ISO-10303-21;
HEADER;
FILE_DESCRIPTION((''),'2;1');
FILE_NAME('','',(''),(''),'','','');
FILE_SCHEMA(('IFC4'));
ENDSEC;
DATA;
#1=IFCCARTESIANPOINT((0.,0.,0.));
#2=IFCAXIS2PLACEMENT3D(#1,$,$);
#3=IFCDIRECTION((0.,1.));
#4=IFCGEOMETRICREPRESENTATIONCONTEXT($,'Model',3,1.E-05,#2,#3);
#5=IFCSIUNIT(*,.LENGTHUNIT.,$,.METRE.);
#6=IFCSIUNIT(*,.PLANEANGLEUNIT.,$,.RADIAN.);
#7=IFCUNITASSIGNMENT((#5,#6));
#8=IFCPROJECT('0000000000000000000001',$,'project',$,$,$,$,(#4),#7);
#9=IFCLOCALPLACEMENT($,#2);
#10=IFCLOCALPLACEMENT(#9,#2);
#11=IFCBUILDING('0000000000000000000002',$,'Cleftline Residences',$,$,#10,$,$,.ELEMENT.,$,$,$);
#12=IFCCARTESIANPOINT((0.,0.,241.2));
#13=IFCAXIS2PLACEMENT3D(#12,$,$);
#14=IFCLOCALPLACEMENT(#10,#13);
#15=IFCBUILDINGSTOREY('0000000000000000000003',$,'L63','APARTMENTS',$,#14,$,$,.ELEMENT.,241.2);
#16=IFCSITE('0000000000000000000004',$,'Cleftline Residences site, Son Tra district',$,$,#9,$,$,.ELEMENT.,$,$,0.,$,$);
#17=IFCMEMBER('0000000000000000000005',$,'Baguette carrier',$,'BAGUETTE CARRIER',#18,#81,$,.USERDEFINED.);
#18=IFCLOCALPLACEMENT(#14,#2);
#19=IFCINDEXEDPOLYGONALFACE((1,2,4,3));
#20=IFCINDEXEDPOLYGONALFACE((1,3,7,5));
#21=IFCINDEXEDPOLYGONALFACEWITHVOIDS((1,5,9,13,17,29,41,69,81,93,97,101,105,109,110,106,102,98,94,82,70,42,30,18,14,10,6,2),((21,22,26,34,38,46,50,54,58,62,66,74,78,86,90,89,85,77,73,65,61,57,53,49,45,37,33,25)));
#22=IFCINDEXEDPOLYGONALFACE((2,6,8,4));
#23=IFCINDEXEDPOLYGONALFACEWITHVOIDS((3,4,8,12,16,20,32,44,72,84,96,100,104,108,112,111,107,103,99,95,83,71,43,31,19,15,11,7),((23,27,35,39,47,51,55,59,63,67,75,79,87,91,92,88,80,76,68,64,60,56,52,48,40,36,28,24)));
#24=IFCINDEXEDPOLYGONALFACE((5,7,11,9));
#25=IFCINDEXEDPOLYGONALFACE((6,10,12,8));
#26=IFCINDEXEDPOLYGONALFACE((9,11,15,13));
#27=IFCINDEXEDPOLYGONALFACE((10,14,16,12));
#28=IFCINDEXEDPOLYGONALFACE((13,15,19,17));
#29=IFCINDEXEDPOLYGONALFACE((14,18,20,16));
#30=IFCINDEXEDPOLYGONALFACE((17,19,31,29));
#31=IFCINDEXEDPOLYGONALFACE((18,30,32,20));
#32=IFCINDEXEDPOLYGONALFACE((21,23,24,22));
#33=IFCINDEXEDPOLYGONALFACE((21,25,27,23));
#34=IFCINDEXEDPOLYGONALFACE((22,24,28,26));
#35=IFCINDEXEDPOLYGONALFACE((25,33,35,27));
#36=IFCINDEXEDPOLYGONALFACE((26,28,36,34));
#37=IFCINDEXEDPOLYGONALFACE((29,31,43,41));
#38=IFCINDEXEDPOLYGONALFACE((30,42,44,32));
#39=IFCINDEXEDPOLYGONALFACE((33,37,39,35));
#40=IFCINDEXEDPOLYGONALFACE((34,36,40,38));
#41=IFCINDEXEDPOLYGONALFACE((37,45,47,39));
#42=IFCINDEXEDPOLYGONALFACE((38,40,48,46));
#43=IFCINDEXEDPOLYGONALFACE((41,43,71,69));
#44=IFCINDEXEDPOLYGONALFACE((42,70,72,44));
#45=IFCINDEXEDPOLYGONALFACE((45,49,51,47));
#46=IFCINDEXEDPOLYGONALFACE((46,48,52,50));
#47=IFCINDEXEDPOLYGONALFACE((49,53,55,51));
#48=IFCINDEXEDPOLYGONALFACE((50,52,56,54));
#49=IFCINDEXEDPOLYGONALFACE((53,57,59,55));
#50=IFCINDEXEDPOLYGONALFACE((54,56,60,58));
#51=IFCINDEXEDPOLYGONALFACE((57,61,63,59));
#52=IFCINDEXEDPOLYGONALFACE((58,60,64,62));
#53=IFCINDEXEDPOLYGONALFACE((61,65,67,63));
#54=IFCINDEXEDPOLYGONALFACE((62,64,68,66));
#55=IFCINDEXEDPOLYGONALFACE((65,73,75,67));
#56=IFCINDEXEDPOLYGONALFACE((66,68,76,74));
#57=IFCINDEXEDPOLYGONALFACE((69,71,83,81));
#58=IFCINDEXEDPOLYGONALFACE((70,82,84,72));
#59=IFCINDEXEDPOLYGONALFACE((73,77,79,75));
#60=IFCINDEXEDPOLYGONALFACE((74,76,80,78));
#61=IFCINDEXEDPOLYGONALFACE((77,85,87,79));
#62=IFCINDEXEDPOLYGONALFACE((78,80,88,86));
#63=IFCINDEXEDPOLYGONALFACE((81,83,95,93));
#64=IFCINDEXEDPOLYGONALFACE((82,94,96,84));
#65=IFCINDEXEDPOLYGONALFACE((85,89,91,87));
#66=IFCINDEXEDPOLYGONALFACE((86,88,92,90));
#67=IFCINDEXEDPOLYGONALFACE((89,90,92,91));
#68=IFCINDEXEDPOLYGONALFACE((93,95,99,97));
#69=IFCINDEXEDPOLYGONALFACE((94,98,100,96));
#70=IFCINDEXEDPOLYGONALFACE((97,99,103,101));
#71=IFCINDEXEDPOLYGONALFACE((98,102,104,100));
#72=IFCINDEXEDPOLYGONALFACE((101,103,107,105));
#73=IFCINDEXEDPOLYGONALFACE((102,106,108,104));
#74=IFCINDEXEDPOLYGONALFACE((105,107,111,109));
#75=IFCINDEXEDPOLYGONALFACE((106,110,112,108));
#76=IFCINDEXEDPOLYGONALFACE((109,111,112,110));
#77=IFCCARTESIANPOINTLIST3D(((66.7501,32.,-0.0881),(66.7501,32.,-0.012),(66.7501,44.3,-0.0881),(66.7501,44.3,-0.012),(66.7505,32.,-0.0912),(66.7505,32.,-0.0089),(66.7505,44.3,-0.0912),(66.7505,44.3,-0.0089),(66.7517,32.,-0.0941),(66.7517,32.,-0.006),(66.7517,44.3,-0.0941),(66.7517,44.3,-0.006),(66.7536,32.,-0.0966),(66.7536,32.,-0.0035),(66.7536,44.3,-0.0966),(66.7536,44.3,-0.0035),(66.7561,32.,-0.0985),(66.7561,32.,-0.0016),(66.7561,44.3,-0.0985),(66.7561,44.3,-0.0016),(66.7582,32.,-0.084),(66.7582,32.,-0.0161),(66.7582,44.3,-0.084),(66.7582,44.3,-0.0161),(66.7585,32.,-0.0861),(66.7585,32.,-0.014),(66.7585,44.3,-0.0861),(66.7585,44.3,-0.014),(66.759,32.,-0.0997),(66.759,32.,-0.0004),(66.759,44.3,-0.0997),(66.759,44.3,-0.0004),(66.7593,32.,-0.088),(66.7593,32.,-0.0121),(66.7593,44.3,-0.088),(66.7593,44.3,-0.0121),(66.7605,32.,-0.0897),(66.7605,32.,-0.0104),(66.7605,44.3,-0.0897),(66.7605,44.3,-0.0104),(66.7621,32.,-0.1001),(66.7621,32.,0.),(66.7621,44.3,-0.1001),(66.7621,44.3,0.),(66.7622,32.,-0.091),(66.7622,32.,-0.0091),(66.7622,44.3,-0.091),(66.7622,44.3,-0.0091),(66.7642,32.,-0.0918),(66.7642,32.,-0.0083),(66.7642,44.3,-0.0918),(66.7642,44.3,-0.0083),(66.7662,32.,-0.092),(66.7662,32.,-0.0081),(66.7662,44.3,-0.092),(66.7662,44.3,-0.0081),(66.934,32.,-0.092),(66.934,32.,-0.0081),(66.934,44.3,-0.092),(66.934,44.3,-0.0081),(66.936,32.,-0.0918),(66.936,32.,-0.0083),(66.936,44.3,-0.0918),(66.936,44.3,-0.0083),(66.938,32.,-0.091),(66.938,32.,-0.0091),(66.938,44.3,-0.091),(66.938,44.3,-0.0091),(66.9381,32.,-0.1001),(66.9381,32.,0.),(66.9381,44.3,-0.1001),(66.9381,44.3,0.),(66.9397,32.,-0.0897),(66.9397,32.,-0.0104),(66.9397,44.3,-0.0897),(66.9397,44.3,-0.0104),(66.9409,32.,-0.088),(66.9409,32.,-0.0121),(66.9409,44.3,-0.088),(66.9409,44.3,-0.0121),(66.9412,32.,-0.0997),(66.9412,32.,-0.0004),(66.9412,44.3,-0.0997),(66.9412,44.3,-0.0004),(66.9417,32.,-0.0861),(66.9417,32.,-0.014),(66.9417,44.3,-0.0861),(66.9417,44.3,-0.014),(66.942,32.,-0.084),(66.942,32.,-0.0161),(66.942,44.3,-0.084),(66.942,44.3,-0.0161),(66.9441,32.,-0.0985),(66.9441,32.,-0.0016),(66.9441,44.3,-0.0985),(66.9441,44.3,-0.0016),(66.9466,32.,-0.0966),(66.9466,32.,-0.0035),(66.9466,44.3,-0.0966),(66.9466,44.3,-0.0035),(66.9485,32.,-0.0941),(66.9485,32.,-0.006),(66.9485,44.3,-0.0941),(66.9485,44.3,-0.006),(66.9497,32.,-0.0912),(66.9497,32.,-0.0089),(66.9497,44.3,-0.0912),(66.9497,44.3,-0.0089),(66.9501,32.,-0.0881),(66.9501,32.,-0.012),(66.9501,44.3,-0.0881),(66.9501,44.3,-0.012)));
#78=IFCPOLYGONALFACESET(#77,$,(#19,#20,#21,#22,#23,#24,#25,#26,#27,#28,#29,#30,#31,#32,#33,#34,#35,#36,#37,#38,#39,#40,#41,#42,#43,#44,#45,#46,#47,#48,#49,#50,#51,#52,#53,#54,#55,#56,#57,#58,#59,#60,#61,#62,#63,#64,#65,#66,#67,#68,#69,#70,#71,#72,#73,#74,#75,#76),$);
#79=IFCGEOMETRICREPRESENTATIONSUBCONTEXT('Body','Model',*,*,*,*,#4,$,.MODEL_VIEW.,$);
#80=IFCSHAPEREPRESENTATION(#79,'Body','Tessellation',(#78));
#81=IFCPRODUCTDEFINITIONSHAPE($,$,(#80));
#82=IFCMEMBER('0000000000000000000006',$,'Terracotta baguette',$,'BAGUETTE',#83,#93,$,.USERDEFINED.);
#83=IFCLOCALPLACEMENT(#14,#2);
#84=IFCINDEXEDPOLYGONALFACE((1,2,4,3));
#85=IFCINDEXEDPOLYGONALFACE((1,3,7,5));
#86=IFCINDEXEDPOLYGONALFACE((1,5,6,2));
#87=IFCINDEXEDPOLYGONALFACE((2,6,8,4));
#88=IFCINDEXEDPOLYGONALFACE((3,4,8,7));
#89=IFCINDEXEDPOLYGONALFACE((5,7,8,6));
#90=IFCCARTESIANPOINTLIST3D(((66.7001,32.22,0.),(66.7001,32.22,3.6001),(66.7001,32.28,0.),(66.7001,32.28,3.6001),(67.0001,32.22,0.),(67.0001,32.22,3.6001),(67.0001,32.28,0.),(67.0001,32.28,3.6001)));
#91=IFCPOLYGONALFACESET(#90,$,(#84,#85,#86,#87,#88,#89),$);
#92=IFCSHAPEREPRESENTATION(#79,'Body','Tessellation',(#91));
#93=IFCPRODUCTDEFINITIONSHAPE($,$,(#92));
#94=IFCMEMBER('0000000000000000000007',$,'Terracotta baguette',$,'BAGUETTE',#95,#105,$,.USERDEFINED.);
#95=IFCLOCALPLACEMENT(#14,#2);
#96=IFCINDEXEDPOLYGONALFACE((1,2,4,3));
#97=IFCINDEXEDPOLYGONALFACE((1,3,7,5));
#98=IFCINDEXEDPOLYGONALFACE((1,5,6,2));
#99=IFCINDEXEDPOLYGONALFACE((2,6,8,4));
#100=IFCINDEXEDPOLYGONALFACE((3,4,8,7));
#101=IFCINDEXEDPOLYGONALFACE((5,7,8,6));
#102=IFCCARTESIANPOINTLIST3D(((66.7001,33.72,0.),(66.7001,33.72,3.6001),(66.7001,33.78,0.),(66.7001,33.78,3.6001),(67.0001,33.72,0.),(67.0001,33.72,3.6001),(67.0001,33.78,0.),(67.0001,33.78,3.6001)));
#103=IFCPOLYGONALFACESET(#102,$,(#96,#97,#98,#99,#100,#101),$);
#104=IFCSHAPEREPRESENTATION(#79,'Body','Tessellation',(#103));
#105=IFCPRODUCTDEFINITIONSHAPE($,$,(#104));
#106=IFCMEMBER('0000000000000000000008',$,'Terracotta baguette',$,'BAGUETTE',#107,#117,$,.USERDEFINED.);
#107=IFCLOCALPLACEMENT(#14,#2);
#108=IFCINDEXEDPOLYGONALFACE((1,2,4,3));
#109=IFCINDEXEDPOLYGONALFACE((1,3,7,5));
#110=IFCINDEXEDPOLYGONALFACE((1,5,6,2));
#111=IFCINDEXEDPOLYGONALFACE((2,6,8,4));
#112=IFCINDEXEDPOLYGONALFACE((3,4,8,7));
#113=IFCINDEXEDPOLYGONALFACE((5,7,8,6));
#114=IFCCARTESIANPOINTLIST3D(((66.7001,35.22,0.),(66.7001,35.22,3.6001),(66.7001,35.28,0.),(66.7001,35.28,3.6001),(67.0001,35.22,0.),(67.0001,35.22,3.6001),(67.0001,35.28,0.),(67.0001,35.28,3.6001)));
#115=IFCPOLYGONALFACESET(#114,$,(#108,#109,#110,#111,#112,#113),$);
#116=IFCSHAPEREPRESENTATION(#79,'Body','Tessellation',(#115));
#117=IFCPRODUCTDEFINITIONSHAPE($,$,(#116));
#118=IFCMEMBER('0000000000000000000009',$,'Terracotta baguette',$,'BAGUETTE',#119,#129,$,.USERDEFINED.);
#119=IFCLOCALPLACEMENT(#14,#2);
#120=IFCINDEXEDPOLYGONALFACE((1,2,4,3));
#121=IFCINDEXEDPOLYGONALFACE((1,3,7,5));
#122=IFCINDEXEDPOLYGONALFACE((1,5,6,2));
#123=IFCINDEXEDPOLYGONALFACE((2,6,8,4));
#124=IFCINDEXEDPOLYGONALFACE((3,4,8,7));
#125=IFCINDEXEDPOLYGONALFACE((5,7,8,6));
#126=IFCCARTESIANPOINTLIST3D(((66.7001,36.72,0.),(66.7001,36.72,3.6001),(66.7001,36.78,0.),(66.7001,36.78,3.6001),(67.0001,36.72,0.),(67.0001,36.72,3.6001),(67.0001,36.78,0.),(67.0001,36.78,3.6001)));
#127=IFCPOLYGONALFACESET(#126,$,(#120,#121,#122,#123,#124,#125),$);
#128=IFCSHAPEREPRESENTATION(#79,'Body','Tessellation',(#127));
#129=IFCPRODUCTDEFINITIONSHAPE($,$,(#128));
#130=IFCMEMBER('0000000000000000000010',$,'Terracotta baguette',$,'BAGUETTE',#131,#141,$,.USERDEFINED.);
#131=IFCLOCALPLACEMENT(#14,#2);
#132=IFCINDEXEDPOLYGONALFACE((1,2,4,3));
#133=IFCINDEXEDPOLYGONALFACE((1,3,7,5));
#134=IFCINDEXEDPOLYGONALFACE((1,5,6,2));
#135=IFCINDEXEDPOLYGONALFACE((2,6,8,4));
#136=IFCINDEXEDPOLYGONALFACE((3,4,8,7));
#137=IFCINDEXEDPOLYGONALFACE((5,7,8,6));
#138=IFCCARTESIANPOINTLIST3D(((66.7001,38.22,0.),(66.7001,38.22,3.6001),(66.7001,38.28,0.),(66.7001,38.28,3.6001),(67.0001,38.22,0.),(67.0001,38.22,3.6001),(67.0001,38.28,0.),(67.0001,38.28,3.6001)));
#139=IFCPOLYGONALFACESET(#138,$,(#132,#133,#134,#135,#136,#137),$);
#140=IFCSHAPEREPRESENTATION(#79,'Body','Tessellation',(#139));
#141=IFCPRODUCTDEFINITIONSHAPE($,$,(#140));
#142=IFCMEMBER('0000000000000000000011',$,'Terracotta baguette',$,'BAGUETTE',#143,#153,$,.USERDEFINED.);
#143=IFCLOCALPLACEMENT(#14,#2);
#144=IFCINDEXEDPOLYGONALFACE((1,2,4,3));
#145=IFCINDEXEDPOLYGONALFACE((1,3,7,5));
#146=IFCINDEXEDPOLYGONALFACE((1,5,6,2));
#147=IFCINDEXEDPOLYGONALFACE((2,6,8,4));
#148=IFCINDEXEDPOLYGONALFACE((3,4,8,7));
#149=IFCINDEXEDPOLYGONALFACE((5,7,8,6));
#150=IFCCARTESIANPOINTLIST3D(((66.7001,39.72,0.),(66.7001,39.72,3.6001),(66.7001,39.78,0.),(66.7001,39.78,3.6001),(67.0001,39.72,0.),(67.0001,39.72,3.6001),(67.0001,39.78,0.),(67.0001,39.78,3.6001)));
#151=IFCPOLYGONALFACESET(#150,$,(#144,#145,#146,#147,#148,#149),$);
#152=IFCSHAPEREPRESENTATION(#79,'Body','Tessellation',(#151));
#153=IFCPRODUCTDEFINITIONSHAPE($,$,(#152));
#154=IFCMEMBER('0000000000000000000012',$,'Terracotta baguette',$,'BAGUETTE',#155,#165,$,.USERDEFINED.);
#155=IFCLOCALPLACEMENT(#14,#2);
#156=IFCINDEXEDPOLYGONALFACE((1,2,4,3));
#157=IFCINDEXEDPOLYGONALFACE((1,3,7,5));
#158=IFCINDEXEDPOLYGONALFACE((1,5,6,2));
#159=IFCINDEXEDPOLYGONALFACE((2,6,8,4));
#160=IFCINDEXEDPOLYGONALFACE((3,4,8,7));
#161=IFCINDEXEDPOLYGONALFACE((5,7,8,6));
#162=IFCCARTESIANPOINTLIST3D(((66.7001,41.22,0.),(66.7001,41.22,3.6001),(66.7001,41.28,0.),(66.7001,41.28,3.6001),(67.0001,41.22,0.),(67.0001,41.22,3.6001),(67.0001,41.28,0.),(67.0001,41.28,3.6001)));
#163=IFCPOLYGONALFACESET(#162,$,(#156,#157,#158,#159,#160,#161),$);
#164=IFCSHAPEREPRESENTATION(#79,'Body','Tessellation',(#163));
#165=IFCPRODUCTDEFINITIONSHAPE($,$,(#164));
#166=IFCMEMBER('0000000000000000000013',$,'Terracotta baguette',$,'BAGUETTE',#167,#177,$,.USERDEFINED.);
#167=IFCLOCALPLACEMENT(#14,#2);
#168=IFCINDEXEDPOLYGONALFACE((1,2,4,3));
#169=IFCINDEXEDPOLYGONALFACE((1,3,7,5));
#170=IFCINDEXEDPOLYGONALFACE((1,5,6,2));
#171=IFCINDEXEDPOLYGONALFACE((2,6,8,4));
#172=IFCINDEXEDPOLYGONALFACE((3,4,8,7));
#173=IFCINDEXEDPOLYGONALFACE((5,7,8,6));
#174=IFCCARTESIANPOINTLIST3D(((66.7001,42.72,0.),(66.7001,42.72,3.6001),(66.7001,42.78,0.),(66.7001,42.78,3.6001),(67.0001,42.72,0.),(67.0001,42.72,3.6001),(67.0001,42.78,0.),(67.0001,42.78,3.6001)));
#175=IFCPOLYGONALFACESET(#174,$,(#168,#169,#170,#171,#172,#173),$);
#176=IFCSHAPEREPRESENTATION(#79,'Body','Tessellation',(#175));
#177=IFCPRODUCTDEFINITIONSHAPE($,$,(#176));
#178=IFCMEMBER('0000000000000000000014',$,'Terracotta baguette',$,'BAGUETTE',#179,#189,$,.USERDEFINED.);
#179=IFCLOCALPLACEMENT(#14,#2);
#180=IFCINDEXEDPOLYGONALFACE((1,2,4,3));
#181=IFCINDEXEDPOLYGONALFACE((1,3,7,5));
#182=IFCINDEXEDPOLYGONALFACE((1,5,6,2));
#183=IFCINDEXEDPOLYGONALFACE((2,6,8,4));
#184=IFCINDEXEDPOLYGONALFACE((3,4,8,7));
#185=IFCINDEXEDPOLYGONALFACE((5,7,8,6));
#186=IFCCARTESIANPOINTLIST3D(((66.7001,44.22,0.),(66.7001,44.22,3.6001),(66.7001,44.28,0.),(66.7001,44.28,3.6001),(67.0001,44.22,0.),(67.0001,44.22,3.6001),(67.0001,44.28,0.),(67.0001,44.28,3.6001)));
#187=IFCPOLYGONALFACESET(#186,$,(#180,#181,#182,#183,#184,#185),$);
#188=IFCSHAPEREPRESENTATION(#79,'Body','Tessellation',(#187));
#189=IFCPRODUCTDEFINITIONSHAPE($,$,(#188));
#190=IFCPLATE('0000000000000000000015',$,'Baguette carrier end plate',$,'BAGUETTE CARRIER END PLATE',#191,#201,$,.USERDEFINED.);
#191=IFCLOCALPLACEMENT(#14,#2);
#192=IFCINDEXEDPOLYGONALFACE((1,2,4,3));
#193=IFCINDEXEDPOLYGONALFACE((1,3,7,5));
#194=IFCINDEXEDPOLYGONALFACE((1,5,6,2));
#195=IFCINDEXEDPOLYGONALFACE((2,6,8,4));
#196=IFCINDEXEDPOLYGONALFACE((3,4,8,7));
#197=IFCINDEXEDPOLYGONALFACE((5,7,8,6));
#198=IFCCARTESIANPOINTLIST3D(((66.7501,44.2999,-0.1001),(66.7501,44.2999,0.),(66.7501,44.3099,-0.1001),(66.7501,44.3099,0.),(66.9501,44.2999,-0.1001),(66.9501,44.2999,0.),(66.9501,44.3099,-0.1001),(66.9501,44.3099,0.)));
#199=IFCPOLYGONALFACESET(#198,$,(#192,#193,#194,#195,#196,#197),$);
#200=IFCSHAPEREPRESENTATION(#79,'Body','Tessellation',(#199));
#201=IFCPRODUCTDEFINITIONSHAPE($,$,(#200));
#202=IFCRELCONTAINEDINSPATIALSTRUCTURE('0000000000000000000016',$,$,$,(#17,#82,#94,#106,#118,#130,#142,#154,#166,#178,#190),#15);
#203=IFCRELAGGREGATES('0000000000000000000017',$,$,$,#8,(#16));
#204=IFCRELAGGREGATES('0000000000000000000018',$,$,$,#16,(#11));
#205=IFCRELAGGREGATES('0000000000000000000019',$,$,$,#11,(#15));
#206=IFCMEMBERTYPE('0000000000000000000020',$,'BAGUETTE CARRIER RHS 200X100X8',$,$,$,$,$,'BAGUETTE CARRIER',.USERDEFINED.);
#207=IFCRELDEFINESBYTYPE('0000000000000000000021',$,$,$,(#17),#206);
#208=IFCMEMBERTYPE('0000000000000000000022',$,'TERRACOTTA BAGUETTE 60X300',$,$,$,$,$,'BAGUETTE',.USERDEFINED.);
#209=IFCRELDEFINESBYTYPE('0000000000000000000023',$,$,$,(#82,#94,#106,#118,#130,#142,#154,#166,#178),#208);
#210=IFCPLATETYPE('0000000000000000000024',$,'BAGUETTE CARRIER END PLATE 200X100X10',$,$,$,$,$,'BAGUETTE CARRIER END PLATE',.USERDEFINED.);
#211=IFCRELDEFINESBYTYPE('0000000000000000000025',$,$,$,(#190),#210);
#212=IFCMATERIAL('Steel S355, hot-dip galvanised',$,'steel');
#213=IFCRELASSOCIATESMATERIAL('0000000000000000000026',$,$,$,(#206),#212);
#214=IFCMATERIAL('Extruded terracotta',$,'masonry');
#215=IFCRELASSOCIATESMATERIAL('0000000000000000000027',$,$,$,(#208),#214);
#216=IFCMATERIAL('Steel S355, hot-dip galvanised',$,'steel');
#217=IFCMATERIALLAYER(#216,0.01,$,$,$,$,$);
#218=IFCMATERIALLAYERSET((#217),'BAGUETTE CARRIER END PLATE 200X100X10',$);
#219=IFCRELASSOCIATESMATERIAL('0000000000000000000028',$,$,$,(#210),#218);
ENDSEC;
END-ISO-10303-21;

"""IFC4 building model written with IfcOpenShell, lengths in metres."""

from ifc_helpers import new_model, si_unit, direction, frame, origin, origin_2d, place, context, subcontext, project, spatial, rectangle, hollow_rectangle, extrude, material, layer, layer_set, material_profile, profile_set, type_object, element, save


model = new_model("IFC4")

# Units and contexts
model_context = context("Model", 3, precision=1e-05, world=origin(), true_north=direction((0.0, 1.0)))
body_context = subcontext(model_context, "Body", "Model", "MODEL_VIEW")
ifc_project = project(units=[si_unit("LENGTHUNIT", "METRE"), si_unit("PLANEANGLEUNIT", "RADIAN")], contexts=[model_context])

# Site, building, storey
site_placement = place(None, origin())
site = spatial("IfcSite", under=ifc_project, at=site_placement, Name="Cleftline Residences site, Son Tra district", CompositionType="ELEMENT", RefElevation=0.0)
building_placement = place(site_placement, origin())
building = spatial("IfcBuilding", under=site, at=building_placement, Name="Cleftline Residences", CompositionType="ELEMENT")
storey_placement = place(building_placement, frame((0.0, 0.0, 241.2)))
storey = spatial("IfcBuildingStorey", under=building, at=storey_placement, Name="L63", Description="APARTMENTS", CompositionType="ELEMENT", Elevation=241.2)

# Members
ifc_material_1 = material(Name="Steel S355, hot-dip galvanised", Category="steel")
ifc_material_profile_1 = material_profile(ifc_material_1, hollow_rectangle(XDim=0.1001, YDim=0.2, WallThickness=0.0081, InnerFilletRadius=0.0081, OuterFilletRadius=0.012, at=origin_2d()))
ifc_profile_set_1 = profile_set([ifc_material_profile_1], Name="Steel S355, hot-dip galvanised")
member_type_1 = type_object("IfcMemberType", Name="BAGUETTE CARRIER RHS 200X100X8", ElementType="BAGUETTE CARRIER", PredefinedType="USERDEFINED", material=ifc_profile_set_1)
member_placement = place(storey_placement, frame((66.8501, 32.0, -0.05), z_axis=(0.0, 1.0, 0.0), x_axis=(0.0, 0.0, 1.0)))
element("IfcMember", 1, at=member_placement, inside=storey, type_object=member_type_1, Name="Baguette carrier", ObjectType="BAGUETTE CARRIER", PredefinedType="USERDEFINED", context=body_context, shape_type="SweptSolid", body=[
    extrude(hollow_rectangle(XDim=0.1001, YDim=0.2, WallThickness=0.0081, InnerFilletRadius=0.0081, OuterFilletRadius=0.012, at=origin_2d()), origin(), (0.0, 0.0, 1.0), 12.3),
])
ifc_material_2 = material(Name="Extruded terracotta", Category="masonry")
ifc_material_profile_2 = material_profile(ifc_material_2, rectangle(XDim=0.0601, YDim=0.3, at=origin_2d()))
ifc_profile_set_2 = profile_set([ifc_material_profile_2], Name="Extruded terracotta")
member_type_2 = type_object("IfcMemberType", Name="TERRACOTTA BAGUETTE 60X300", ElementType="BAGUETTE", PredefinedType="USERDEFINED", material=ifc_profile_set_2)
for number, where, z_axis, x_axis, name in (
    (2, (66.8501, 32.25, 0.0), (0.0, 0.0, 1.0), (0.0, 1.0, 0.0), "Terracotta baguette"),
    (3, (66.8501, 33.75, 0.0), (0.0, 0.0, 1.0), (0.0, 1.0, 0.0), "Terracotta baguette"),
    (4, (66.8501, 35.25, 0.0), (0.0, 0.0, 1.0), (0.0, 1.0, 0.0), "Terracotta baguette"),
    (5, (66.8501, 36.75, 0.0), (0.0, 0.0, 1.0), (0.0, 1.0, 0.0), "Terracotta baguette"),
    (6, (66.8501, 38.25, 0.0), (0.0, 0.0, 1.0), (0.0, 1.0, 0.0), "Terracotta baguette"),
    (7, (66.8501, 39.75, 0.0), (0.0, 0.0, 1.0), (0.0, 1.0, 0.0), "Terracotta baguette"),
    (8, (66.8501, 41.25, 0.0), (0.0, 0.0, 1.0), (0.0, 1.0, 0.0), "Terracotta baguette"),
    (9, (66.8501, 42.75, 0.0), (0.0, 0.0, 1.0), (0.0, 1.0, 0.0), "Terracotta baguette"),
    (10, (66.8501, 44.25, 0.0), (0.0, 0.0, 1.0), (0.0, 1.0, 0.0), "Terracotta baguette"),
):
    element("IfcMember", number, at=place(storey_placement, frame(where, z_axis=z_axis, x_axis=x_axis)), inside=storey, type_object=member_type_2, Name=name, ObjectType="BAGUETTE", PredefinedType="USERDEFINED", context=body_context, shape_type="SweptSolid", body=[
        extrude(rectangle(XDim=0.0601, YDim=0.3, at=origin_2d()), origin(), (0.0, 0.0, 1.0), 3.6001),
    ])

# Plate
ifc_material_3 = material(Name="Steel S355, hot-dip galvanised", Category="steel")
ifc_layer_1 = layer(ifc_material_3, 0.01)
ifc_layer_set_1 = layer_set([ifc_layer_1], Name="BAGUETTE CARRIER END PLATE 200X100X10")
plate_type = type_object("IfcPlateType", Name="BAGUETTE CARRIER END PLATE 200X100X10", ElementType="BAGUETTE CARRIER END PLATE", PredefinedType="USERDEFINED", material=ifc_layer_set_1)
plate_placement = place(storey_placement, frame((66.8501, 44.3049, -0.1001), z_axis=(0.0, 0.0, 1.0), x_axis=(1.0, 0.0, 0.0)))
element("IfcPlate", 11, at=plate_placement, inside=storey, type_object=plate_type, Name="Baguette carrier end plate", ObjectType="BAGUETTE CARRIER END PLATE", PredefinedType="USERDEFINED", context=body_context, shape_type="SweptSolid", body=[
    extrude(rectangle(XDim=0.2, YDim=0.01, at=origin_2d()), origin(), (0.0, 0.0, 1.0), 0.1001),
])

save(model, "model.ifc")
